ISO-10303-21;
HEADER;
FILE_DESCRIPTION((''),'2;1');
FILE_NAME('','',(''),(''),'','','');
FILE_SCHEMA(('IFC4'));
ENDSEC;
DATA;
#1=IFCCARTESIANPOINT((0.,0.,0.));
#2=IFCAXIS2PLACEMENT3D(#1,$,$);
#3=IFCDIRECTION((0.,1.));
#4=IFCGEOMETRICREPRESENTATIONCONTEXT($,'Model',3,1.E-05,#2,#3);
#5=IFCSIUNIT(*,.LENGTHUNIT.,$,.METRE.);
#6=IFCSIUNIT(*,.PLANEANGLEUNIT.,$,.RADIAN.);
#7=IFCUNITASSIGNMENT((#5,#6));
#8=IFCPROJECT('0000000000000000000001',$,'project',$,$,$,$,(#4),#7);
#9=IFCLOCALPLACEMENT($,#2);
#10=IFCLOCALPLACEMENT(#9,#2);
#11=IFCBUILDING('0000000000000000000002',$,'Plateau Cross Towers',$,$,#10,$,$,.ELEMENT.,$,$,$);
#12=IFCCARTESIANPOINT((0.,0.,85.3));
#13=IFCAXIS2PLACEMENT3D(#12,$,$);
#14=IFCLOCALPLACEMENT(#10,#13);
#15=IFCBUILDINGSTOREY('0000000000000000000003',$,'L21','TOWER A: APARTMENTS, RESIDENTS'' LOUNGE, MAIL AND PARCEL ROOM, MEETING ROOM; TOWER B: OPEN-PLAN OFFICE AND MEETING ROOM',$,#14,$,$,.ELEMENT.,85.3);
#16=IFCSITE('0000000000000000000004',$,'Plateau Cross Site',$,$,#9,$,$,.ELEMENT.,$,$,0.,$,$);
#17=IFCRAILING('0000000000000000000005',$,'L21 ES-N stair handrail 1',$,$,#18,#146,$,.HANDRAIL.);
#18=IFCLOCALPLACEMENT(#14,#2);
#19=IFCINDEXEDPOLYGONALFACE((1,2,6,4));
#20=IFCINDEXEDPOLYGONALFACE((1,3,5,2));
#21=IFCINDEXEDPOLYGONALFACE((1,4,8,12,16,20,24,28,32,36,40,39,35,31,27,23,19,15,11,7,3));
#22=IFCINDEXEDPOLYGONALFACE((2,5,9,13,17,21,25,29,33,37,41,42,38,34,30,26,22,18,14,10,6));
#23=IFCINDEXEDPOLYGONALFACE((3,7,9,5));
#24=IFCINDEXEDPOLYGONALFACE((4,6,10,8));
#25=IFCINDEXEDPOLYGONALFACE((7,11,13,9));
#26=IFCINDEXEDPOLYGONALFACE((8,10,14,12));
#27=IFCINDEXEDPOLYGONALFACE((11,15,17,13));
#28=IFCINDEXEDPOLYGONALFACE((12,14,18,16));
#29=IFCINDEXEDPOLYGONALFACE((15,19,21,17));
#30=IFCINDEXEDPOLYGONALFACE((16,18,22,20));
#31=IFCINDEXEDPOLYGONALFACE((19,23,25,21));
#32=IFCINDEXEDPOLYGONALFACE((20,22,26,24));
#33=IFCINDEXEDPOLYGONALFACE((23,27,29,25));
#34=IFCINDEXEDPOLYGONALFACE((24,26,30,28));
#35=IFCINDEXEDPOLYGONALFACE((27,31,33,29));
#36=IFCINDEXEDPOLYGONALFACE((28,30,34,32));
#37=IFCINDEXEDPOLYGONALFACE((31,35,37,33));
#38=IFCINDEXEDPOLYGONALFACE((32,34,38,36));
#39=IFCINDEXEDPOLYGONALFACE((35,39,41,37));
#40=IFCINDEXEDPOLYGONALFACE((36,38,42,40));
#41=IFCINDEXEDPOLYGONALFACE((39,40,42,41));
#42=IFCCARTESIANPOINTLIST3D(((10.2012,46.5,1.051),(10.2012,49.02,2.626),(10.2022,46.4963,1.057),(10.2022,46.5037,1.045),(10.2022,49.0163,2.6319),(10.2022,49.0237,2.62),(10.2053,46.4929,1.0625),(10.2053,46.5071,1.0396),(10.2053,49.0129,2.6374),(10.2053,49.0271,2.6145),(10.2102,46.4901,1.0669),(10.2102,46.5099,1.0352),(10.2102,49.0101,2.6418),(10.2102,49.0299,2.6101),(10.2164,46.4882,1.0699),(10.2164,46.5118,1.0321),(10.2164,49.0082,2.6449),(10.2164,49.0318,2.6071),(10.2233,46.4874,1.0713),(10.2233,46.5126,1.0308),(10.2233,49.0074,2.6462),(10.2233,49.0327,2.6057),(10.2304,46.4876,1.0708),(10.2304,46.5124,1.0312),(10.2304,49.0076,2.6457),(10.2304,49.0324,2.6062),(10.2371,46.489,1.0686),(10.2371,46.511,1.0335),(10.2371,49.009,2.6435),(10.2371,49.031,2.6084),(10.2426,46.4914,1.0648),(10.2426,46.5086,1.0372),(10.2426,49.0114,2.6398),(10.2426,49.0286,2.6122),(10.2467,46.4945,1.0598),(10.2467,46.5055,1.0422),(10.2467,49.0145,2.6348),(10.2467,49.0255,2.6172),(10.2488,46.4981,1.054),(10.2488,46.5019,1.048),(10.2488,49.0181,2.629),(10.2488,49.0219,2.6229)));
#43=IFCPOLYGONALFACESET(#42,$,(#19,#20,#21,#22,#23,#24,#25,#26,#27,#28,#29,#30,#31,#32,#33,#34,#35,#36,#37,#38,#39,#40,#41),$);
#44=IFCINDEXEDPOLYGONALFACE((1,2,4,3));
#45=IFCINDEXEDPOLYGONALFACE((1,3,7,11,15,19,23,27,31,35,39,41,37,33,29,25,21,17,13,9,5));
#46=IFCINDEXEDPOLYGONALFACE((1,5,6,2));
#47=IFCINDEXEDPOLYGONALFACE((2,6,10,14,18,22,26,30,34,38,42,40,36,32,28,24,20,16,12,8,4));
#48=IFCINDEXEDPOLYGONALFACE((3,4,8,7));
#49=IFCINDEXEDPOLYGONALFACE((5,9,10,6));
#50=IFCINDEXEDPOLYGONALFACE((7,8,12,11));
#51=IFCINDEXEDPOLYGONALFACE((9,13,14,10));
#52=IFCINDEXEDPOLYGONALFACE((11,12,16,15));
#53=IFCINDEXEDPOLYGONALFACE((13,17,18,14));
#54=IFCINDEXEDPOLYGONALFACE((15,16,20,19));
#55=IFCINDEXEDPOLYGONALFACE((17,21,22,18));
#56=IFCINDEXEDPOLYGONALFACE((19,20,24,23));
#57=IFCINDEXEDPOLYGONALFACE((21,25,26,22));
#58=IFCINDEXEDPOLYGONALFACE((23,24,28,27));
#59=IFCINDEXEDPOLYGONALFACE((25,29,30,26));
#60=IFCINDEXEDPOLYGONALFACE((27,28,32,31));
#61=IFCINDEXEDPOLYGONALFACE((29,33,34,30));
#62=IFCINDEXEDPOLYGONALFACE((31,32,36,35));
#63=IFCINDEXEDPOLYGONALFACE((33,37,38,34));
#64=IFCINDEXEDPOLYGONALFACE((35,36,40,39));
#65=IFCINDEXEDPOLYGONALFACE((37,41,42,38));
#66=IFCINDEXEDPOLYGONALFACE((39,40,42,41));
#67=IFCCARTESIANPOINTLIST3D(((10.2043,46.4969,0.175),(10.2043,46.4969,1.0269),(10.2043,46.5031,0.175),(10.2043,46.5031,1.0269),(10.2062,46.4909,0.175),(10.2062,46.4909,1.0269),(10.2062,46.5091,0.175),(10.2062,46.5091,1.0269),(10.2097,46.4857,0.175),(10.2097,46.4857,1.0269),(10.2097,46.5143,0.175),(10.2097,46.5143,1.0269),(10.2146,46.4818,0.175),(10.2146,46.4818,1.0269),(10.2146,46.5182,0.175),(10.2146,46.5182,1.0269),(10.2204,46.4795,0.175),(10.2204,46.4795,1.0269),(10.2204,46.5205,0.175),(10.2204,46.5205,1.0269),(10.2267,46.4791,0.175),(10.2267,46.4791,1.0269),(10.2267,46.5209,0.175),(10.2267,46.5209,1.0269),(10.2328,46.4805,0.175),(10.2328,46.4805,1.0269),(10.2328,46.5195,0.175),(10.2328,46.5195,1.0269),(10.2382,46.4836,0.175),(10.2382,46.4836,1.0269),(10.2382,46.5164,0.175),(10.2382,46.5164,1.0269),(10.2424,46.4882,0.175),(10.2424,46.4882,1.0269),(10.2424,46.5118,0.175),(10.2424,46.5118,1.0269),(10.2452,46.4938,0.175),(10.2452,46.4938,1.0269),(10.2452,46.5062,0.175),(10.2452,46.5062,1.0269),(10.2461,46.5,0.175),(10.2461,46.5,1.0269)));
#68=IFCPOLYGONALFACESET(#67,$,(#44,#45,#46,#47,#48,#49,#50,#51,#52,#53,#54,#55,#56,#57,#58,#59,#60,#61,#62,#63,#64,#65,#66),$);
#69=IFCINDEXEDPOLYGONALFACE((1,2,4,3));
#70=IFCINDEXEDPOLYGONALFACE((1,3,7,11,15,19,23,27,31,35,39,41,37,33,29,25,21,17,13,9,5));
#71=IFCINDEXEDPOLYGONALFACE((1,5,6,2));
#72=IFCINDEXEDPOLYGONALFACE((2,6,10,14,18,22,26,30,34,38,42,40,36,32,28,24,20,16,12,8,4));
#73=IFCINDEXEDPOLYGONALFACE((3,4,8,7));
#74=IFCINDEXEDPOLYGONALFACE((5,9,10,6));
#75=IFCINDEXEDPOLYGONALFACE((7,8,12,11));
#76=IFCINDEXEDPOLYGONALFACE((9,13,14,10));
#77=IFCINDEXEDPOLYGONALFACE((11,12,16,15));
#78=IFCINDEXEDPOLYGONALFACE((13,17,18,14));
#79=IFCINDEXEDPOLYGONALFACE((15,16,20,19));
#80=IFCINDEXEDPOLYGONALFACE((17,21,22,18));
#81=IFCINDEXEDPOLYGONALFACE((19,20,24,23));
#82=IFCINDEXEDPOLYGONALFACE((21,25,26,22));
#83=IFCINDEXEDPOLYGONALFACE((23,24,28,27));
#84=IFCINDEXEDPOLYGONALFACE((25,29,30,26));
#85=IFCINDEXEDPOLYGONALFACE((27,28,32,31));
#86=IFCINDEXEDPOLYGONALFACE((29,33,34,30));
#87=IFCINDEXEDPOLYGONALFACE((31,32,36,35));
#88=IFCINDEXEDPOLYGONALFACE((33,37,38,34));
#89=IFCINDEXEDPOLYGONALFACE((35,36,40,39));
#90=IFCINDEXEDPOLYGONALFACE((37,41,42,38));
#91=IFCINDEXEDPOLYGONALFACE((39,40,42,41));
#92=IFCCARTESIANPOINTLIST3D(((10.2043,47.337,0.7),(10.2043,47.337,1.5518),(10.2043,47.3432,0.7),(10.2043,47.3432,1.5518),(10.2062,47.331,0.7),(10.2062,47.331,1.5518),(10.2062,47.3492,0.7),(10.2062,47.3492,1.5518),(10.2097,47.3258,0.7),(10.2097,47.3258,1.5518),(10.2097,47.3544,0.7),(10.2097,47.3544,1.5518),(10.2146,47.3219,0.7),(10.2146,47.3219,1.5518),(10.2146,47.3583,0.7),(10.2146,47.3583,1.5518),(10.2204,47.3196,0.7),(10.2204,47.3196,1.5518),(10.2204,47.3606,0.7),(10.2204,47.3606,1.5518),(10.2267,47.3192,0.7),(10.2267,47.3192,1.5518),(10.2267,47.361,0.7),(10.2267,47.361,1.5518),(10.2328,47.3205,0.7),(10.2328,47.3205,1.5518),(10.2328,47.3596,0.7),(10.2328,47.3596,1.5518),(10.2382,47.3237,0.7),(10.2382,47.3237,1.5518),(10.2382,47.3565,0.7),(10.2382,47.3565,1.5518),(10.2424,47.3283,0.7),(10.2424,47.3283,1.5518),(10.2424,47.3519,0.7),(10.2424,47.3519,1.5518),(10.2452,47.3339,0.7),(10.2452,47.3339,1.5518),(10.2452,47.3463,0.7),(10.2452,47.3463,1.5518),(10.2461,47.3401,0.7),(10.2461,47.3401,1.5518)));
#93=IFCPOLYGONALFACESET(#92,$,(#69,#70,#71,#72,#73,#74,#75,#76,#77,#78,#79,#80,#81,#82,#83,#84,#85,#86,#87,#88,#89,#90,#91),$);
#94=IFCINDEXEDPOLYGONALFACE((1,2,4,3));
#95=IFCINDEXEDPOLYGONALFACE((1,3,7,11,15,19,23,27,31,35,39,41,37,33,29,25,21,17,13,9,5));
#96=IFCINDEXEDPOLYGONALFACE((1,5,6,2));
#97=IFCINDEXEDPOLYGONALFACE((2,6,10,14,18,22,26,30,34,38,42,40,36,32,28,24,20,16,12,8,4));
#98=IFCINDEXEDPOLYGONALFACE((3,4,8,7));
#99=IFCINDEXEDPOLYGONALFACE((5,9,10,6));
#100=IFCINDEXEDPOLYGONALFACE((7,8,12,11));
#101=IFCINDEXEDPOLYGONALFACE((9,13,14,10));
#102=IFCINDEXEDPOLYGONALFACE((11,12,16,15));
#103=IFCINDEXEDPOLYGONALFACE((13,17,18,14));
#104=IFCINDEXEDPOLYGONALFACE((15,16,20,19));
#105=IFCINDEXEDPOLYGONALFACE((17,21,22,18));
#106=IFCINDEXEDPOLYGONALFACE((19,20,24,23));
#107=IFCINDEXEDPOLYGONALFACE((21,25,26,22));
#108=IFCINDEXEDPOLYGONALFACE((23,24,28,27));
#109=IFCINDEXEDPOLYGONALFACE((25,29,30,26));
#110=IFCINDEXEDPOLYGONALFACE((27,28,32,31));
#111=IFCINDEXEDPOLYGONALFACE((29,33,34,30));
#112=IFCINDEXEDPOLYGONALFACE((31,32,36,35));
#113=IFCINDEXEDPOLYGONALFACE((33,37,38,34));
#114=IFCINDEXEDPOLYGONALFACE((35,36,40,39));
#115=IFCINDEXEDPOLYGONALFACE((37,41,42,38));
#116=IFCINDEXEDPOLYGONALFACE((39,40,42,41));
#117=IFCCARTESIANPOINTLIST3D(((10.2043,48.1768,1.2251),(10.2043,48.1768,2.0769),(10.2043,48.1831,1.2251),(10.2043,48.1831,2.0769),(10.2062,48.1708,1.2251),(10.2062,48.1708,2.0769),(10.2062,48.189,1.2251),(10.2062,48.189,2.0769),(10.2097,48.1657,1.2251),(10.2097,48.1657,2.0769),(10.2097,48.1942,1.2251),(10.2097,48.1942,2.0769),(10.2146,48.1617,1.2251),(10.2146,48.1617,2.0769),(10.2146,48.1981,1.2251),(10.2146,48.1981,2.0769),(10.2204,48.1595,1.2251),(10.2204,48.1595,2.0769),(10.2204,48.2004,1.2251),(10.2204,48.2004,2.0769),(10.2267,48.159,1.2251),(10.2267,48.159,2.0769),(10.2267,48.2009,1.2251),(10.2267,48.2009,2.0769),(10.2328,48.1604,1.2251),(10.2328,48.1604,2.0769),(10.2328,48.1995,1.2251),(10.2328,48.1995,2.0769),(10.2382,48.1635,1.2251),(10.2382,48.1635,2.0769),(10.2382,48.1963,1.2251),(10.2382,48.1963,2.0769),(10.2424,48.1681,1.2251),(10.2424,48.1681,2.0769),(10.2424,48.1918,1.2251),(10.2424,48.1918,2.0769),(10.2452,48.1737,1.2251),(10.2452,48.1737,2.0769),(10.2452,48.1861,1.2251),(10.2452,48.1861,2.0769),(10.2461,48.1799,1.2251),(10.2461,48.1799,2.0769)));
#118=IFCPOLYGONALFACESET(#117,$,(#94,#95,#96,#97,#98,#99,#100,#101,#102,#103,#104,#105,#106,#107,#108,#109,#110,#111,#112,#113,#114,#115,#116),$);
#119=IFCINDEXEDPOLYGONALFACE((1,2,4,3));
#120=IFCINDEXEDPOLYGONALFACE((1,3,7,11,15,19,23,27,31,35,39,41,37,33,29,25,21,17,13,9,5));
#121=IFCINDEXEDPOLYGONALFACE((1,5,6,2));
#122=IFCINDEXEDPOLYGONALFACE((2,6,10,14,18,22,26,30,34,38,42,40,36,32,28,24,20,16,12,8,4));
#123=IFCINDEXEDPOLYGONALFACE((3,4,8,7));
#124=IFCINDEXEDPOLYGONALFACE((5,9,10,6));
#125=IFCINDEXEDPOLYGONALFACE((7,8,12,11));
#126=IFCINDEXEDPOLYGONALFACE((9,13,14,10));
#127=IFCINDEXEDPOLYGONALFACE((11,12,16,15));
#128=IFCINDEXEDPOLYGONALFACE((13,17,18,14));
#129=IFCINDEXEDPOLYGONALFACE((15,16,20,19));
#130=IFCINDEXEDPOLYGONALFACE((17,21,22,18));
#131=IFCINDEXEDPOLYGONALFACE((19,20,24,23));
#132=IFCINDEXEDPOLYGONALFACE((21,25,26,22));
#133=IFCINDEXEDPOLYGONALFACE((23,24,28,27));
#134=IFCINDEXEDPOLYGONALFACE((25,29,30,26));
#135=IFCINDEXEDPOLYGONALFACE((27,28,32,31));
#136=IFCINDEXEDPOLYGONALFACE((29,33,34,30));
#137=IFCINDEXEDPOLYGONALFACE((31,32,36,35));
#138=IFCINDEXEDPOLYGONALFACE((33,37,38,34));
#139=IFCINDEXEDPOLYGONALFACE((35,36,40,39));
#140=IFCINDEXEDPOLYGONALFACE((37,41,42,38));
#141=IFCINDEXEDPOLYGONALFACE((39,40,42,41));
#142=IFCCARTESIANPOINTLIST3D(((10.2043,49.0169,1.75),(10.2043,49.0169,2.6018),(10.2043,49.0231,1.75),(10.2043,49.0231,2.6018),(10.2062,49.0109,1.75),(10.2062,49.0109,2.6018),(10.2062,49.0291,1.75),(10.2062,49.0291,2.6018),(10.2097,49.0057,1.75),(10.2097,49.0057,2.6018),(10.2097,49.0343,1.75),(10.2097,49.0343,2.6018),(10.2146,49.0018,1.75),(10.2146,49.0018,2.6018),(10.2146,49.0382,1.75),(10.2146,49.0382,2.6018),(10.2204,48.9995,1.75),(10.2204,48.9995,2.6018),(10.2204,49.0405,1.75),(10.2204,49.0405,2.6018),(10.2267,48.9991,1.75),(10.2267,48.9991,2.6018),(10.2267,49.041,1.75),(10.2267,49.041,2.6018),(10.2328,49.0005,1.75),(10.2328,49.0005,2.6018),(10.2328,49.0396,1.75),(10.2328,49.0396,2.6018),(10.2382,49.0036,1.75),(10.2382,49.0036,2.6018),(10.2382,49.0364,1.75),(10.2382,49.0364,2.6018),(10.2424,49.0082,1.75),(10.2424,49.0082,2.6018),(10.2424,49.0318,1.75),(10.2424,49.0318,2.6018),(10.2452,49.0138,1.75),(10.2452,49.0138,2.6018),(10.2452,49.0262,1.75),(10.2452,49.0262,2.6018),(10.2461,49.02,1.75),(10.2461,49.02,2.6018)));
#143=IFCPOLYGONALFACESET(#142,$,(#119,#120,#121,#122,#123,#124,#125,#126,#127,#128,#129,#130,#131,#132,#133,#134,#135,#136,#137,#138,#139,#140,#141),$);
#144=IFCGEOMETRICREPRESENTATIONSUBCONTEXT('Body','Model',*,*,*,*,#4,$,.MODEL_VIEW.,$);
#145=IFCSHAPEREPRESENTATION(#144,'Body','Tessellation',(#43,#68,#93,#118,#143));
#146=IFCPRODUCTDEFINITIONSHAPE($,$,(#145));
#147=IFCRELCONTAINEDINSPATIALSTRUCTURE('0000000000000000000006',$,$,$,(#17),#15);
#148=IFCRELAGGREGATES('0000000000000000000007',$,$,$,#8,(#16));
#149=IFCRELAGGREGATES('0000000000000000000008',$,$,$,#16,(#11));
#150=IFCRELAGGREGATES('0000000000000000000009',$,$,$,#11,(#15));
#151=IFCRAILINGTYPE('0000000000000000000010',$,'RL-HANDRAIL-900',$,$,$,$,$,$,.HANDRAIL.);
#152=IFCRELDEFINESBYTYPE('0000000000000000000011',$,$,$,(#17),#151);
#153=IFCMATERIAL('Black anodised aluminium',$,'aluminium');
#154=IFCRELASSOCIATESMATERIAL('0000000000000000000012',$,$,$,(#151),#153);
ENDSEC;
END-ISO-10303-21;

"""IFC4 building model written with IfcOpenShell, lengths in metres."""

from ifc_helpers import new_model, si_unit, direction, frame, origin, origin_2d, place, context, subcontext, project, spatial, circle, extrude, material, type_object, element, save


model = new_model("IFC4")

# Units and contexts
model_context = context("Model", 3, precision=1e-05, world=origin(), true_north=direction((0.0, 1.0)))
body_context = subcontext(model_context, "Body", "Model", "MODEL_VIEW")
ifc_project = project(units=[si_unit("LENGTHUNIT", "METRE"), si_unit("PLANEANGLEUNIT", "RADIAN")], contexts=[model_context])

# Site, building, storey
site_placement = place(None, origin())
site = spatial("IfcSite", under=ifc_project, at=site_placement, Name="Plateau Cross Site", CompositionType="ELEMENT", RefElevation=0.0)
building_placement = place(site_placement, origin())
building = spatial("IfcBuilding", under=site, at=building_placement, Name="Plateau Cross Towers", CompositionType="ELEMENT")
storey_placement = place(building_placement, frame((0.0, 0.0, 85.3)))
storey = spatial("IfcBuildingStorey", under=building, at=storey_placement, Name="L21", Description="TOWER A: APARTMENTS, RESIDENTS' LOUNGE, MAIL AND PARCEL ROOM, MEETING ROOM; TOWER B: OPEN-PLAN OFFICE AND MEETING ROOM", CompositionType="ELEMENT", Elevation=85.3)

# Shared definitions
ifc_material_1 = material(Name="Black anodised aluminium", Category="aluminium")

# Railing
railing_type_1 = type_object("IfcRailingType", Name="RL-HANDRAIL-900", PredefinedType="HANDRAIL", material=ifc_material_1)
railing_1_placement = place(storey_placement, frame((10.2251, 46.5, 0.175)))
element("IfcRailing", 1, at=railing_1_placement, inside=storey, type_object=railing_type_1, Name="L21 ES-N stair handrail 1", PredefinedType="HANDRAIL", context=body_context, shape_type="SweptSolid", body=[
    extrude(circle(Radius=0.0239, at=origin_2d()), frame((0.0, 0.0, 0.876), z_axis=(0.0, 0.848008, 0.529984), x_axis=(-1.0, 0.0, 0.0)), (0.0, 0.0, 1.0), 2.9717),
    extrude(circle(Radius=0.021, at=origin_2d()), origin(), (0.0, 0.0, 1.0), 0.8518),
    extrude(circle(Radius=0.021, at=origin_2d()), frame((0.0, 0.8401, 0.5249)), (0.0, 0.0, 1.0), 0.8518),
    extrude(circle(Radius=0.021, at=origin_2d()), frame((0.0, 1.6799, 1.05)), (0.0, 0.0, 1.0), 0.8518),
    extrude(circle(Radius=0.021, at=origin_2d()), frame((0.0, 2.52, 1.575)), (0.0, 0.0, 1.0), 0.8518),
])

save(model, "model.ifc")
